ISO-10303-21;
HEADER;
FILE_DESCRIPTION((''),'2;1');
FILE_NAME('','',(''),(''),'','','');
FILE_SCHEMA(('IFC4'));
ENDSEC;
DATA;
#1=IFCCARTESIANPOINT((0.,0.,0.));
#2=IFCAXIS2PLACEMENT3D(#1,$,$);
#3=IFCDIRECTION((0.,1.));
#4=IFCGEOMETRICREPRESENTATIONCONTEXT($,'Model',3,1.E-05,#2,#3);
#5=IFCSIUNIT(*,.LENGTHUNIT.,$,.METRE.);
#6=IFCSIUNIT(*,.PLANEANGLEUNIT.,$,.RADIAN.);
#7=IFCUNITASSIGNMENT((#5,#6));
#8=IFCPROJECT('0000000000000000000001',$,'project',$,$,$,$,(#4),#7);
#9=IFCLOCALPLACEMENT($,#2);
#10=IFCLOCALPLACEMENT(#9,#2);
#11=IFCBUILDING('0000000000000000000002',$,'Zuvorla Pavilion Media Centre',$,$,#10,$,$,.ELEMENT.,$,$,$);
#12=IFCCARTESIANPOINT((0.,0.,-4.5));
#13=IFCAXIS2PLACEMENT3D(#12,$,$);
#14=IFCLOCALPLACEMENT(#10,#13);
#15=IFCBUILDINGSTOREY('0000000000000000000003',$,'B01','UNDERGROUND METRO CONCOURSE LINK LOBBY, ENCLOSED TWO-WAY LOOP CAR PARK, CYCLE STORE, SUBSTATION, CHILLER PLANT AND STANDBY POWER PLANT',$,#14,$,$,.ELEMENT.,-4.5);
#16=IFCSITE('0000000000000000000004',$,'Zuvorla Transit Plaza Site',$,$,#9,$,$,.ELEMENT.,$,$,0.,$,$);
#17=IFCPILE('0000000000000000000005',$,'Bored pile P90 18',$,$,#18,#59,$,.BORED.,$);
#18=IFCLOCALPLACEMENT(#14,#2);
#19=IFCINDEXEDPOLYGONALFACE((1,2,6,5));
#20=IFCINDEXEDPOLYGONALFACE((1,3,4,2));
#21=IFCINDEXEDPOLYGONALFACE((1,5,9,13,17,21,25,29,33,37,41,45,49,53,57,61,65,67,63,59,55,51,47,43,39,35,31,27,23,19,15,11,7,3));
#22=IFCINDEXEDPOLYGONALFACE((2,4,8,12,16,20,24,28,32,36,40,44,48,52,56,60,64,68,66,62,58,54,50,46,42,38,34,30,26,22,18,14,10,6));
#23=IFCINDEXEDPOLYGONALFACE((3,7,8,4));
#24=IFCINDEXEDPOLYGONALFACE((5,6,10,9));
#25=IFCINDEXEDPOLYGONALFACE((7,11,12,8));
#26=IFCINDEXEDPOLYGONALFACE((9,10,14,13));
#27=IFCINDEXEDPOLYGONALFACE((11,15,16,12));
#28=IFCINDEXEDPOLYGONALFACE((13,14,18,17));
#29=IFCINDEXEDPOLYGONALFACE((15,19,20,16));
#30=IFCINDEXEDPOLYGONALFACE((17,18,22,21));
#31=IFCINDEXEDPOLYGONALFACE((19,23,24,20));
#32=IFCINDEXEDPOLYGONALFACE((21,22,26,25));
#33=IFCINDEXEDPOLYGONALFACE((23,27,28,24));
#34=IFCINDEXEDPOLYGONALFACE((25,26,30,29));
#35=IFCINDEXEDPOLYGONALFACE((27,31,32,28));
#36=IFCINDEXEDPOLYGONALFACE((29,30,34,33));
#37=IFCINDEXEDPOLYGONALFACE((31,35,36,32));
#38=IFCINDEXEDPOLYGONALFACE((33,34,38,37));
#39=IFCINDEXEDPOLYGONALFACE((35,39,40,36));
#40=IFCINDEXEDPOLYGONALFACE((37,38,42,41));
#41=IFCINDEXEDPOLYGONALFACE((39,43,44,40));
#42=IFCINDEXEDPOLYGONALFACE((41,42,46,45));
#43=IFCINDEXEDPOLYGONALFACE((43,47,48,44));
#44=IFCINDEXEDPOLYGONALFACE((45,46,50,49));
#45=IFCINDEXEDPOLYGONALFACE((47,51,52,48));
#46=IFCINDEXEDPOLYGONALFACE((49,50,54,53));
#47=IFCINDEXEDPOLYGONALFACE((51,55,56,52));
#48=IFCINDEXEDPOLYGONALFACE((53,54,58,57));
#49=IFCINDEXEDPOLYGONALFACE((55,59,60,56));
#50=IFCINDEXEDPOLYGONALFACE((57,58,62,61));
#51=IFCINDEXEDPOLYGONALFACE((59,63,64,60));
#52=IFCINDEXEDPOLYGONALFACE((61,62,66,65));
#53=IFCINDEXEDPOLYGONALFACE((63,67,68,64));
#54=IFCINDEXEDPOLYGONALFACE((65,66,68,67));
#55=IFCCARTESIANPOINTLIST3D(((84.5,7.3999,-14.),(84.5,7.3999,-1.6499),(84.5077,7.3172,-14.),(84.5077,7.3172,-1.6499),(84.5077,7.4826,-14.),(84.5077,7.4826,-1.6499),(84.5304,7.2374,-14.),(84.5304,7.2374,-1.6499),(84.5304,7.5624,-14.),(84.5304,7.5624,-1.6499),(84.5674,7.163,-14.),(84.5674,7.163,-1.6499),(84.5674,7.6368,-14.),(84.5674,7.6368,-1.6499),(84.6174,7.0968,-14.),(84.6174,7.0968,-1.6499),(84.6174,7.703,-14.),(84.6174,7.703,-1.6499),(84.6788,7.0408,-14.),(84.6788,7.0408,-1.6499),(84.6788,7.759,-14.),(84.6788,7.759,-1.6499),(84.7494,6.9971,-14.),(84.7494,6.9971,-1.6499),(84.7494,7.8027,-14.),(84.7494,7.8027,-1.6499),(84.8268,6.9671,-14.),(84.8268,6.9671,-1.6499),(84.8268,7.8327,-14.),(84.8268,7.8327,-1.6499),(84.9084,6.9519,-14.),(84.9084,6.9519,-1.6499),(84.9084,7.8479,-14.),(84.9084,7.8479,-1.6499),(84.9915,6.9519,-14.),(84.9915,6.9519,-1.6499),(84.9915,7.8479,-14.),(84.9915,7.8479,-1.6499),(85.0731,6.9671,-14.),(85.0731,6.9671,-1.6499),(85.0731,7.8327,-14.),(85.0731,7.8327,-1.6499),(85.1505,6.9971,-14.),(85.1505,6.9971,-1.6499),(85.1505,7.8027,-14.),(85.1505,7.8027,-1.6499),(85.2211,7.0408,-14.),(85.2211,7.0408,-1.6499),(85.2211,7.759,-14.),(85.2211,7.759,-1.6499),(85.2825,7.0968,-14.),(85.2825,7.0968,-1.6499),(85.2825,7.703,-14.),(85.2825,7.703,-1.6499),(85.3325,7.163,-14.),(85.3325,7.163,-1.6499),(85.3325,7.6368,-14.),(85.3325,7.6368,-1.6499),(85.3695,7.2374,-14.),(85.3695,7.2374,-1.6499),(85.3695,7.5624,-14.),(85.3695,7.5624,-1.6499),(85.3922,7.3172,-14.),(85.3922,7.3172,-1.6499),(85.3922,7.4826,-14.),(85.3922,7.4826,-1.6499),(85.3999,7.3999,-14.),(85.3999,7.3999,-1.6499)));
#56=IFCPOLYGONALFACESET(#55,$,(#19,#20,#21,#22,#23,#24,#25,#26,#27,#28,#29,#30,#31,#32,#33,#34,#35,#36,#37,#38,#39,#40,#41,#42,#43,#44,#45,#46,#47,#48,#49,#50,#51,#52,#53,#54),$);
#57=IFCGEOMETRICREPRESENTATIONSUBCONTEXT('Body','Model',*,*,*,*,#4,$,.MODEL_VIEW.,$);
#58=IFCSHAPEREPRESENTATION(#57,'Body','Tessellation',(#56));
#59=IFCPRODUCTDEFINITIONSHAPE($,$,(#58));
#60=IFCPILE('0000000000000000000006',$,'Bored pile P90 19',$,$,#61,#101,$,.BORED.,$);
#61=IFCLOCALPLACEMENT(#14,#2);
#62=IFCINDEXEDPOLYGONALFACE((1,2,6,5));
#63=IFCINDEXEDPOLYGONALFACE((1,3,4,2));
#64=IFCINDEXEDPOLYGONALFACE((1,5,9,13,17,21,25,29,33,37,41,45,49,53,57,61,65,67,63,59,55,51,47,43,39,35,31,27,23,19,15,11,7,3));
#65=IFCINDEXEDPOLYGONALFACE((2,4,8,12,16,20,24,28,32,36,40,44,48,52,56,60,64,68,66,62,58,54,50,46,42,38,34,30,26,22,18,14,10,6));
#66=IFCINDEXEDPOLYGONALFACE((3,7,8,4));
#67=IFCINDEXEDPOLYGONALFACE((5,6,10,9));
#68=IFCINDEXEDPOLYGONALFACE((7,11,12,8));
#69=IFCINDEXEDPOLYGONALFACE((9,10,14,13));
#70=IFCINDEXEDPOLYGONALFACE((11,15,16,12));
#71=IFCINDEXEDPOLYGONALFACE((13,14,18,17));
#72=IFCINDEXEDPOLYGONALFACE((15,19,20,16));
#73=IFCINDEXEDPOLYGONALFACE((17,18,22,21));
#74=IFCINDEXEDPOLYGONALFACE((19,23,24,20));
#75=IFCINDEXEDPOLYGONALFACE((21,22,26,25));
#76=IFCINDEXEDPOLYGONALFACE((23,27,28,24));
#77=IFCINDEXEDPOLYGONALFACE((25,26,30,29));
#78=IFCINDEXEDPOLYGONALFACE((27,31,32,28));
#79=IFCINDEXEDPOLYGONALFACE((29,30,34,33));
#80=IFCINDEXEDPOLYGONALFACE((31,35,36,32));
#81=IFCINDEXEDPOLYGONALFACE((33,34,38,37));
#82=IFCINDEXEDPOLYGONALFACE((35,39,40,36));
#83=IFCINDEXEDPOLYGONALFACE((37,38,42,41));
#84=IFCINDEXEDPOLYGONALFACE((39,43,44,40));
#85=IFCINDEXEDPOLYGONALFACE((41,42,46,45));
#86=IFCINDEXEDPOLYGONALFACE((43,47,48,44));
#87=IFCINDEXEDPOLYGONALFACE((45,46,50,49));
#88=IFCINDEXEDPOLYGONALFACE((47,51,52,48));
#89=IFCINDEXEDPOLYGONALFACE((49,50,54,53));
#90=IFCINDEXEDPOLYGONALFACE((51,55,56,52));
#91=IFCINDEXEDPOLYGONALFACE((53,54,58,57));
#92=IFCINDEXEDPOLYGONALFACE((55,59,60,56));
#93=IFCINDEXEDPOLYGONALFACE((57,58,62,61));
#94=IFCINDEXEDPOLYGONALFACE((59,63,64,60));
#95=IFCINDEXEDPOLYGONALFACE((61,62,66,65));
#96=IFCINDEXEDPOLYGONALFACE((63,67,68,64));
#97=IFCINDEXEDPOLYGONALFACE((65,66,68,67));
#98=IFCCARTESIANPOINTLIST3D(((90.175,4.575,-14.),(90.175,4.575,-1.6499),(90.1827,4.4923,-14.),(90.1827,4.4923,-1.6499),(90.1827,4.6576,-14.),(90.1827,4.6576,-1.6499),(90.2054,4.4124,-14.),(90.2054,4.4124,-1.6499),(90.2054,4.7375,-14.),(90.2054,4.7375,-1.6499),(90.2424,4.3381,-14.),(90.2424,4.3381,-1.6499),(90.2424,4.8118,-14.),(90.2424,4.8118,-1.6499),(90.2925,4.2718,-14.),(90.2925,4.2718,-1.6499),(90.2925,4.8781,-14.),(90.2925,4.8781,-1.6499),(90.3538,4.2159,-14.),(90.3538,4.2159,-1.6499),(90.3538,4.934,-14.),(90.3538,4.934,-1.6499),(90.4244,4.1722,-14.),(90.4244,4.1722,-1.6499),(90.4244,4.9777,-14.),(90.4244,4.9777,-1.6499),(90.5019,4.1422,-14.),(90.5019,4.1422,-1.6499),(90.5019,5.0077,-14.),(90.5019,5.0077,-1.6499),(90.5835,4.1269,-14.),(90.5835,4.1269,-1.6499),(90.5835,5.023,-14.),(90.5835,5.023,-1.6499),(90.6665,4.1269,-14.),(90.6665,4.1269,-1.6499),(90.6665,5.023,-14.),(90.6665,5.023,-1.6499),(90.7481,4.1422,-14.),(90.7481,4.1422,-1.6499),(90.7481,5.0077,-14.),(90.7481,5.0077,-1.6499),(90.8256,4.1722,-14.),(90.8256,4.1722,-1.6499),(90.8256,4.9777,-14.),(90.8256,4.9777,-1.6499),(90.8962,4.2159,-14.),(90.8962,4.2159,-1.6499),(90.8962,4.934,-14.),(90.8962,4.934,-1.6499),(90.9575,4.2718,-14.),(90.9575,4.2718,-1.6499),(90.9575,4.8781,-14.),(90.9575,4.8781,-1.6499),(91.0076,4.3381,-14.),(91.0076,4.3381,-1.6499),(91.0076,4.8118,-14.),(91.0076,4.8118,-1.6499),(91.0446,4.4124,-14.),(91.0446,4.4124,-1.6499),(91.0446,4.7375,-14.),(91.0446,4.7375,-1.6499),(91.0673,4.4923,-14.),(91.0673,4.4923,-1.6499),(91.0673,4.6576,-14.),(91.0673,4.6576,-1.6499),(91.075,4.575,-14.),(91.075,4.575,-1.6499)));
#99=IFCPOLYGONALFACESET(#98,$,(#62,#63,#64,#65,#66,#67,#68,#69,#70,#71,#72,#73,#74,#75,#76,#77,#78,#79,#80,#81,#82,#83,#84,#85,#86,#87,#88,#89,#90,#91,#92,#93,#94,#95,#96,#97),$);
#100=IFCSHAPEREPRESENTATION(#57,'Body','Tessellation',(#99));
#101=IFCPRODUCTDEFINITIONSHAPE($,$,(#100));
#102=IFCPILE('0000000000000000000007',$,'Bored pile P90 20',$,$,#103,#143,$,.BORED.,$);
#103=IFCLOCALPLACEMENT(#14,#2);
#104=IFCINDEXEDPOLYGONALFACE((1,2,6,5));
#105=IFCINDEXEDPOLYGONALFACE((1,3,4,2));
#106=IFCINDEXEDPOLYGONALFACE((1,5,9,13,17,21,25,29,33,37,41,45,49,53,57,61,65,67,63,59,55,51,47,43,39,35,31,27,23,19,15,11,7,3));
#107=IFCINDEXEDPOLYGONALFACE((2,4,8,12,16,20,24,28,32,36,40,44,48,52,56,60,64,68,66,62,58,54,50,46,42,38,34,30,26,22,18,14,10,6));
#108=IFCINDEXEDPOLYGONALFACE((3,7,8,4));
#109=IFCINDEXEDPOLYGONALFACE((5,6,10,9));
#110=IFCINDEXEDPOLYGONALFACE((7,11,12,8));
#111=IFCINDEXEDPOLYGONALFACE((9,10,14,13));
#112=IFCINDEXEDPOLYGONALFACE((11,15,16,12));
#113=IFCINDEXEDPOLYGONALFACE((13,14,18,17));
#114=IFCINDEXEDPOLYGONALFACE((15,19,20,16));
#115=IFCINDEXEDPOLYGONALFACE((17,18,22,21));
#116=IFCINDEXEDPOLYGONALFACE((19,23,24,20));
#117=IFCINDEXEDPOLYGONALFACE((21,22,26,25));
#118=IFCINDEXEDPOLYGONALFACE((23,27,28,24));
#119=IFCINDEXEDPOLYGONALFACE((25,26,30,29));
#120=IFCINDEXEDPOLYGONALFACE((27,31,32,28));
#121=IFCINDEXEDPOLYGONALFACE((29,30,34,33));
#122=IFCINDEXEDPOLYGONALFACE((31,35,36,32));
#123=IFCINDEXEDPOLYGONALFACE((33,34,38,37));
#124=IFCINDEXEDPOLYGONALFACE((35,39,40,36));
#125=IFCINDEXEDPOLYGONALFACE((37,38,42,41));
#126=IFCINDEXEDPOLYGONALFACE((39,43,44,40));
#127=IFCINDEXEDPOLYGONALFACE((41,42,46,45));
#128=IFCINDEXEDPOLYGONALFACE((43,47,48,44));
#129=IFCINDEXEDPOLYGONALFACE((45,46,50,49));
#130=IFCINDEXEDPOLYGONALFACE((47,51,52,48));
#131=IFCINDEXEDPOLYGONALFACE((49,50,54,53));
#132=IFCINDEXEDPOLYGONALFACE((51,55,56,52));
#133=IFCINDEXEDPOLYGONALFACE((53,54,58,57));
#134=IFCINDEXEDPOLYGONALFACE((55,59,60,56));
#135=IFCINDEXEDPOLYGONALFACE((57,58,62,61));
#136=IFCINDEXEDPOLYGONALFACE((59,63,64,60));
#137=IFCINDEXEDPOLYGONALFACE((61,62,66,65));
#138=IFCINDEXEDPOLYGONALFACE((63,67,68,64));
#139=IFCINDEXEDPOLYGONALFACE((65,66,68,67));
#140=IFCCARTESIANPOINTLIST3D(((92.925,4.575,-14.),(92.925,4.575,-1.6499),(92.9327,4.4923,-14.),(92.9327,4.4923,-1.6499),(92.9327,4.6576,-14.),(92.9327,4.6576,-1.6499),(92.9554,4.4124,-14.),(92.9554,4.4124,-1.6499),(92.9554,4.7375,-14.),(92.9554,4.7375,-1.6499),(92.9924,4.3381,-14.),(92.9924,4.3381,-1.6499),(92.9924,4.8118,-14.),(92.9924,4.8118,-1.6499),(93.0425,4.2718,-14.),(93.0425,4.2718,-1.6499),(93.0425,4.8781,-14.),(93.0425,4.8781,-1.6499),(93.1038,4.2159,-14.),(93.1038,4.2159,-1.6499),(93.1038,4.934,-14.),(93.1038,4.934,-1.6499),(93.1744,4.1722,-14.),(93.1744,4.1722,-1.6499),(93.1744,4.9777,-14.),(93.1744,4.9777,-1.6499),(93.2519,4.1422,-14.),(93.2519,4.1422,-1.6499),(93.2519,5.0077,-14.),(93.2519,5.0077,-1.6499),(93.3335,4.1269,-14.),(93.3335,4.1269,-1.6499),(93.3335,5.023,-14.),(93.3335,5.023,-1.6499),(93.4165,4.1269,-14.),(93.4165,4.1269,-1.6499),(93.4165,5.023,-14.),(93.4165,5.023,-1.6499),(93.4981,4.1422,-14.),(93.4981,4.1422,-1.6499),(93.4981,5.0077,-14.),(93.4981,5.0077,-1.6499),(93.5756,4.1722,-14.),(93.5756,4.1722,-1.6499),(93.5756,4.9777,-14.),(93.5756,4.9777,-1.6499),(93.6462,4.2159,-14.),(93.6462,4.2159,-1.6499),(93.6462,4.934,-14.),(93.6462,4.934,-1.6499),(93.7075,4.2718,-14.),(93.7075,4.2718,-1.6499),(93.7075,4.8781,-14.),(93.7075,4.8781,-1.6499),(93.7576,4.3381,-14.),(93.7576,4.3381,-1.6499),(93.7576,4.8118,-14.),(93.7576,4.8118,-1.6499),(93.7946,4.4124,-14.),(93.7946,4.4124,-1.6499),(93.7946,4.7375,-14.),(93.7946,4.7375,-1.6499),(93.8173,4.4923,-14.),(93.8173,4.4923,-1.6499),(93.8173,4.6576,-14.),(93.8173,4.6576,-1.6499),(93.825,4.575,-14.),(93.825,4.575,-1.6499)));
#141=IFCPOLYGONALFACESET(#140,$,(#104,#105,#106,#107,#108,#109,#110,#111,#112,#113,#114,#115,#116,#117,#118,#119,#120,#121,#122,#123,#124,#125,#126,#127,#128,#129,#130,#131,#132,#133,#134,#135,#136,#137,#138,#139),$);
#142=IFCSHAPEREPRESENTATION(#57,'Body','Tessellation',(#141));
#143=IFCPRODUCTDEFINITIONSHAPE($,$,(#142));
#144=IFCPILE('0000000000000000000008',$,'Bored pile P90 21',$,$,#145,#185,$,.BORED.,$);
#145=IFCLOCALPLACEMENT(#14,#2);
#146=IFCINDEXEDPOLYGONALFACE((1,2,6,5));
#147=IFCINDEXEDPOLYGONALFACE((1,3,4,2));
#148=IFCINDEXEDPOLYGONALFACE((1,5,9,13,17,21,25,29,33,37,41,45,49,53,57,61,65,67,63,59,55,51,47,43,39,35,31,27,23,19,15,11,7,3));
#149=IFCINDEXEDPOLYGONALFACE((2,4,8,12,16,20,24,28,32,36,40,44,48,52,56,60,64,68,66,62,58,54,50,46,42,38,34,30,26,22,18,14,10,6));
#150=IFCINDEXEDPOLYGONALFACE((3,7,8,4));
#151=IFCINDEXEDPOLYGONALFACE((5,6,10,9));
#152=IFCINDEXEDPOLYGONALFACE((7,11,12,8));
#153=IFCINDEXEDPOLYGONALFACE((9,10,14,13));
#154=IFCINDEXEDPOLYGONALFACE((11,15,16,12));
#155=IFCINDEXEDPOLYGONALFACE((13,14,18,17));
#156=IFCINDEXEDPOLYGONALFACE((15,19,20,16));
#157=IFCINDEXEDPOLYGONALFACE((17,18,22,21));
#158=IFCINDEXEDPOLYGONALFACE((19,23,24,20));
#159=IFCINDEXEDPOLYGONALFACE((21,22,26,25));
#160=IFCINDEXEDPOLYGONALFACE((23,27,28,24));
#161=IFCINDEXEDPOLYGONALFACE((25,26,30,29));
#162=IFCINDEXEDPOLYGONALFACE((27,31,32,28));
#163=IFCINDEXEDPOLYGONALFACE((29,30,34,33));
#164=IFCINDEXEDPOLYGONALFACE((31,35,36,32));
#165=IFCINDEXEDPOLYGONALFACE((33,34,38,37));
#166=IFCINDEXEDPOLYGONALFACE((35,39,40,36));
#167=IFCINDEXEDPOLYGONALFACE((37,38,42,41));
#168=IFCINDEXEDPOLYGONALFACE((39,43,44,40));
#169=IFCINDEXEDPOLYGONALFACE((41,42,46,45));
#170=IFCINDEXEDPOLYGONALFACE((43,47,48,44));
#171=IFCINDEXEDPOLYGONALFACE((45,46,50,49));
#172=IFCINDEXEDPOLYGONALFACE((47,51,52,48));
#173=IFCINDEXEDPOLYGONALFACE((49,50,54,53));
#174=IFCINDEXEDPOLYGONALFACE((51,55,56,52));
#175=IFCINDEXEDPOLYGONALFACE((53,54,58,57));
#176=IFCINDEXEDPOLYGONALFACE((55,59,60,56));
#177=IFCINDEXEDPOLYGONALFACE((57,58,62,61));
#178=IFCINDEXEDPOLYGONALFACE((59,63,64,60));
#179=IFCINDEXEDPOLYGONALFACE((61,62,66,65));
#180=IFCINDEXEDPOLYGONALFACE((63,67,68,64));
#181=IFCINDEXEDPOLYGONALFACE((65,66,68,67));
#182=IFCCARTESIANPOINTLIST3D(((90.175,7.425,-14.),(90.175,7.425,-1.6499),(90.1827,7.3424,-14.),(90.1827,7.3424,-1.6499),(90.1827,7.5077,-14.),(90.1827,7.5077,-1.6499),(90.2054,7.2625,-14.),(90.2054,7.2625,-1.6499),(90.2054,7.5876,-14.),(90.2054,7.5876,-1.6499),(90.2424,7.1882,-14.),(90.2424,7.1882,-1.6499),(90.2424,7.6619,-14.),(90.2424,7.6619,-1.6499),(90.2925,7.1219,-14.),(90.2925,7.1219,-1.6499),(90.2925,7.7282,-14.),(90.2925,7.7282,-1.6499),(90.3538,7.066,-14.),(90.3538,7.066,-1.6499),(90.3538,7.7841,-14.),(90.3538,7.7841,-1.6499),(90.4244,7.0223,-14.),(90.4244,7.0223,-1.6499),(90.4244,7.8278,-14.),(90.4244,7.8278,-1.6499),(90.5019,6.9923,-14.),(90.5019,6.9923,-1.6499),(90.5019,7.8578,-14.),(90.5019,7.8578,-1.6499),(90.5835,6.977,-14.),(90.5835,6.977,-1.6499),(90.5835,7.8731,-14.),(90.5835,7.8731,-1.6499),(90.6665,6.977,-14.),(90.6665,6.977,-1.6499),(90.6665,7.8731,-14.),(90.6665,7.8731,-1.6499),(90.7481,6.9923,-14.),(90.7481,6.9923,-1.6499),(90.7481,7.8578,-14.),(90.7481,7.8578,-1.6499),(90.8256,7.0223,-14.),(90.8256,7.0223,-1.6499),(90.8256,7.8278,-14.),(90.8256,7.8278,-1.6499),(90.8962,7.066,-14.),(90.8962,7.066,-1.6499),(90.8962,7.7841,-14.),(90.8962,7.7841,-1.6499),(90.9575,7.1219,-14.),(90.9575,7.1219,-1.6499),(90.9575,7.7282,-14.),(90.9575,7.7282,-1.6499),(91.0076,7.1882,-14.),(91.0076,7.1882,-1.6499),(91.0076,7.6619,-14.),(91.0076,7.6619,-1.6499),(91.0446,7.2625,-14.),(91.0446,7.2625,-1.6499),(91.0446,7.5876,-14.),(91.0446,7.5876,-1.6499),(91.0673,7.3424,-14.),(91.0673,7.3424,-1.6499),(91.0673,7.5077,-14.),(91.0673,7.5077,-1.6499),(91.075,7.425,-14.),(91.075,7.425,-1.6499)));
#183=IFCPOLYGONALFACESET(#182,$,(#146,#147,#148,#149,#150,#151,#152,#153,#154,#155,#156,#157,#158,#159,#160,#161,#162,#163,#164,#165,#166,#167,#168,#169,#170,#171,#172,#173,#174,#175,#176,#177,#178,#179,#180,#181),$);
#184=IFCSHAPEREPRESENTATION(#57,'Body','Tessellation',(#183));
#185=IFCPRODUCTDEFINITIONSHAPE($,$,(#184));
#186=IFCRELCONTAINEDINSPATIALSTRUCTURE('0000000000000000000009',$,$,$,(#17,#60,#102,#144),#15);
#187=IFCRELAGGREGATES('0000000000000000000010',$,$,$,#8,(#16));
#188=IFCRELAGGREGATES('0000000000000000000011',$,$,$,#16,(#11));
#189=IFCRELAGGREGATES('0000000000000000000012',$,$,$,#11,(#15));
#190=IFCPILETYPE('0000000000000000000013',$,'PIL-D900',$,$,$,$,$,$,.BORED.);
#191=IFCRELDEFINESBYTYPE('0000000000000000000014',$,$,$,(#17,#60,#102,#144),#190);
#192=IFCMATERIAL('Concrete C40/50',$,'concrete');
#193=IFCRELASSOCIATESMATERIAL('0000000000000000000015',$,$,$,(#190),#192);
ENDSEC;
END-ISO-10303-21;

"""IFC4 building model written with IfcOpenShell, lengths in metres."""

from ifc_helpers import new_model, si_unit, direction, frame, origin, origin_2d, place, context, subcontext, project, spatial, circle, extrude, material, material_profile, profile_set, type_object, element, save


model = new_model("IFC4")

# Units and contexts
model_context = context("Model", 3, precision=1e-05, world=origin(), true_north=direction((0.0, 1.0)))
body_context = subcontext(model_context, "Body", "Model", "MODEL_VIEW")
ifc_project = project(units=[si_unit("LENGTHUNIT", "METRE"), si_unit("PLANEANGLEUNIT", "RADIAN")], contexts=[model_context])

# Site, building, storey
site_placement = place(None, origin())
site = spatial("IfcSite", under=ifc_project, at=site_placement, Name="Zuvorla Transit Plaza Site", CompositionType="ELEMENT", RefElevation=0.0)
building_placement = place(site_placement, origin())
building = spatial("IfcBuilding", under=site, at=building_placement, Name="Zuvorla Pavilion Media Centre", CompositionType="ELEMENT")
storey_placement = place(building_placement, frame((0.0, 0.0, -4.5)))
storey = spatial("IfcBuildingStorey", under=building, at=storey_placement, Name="B01", Description="UNDERGROUND METRO CONCOURSE LINK LOBBY, ENCLOSED TWO-WAY LOOP CAR PARK, CYCLE STORE, SUBSTATION, CHILLER PLANT AND STANDBY POWER PLANT", CompositionType="ELEMENT", Elevation=-4.5)

# Shared definitions
ifc_material_1 = material(Name="Concrete C40/50", Category="concrete")

# Piles
ifc_material_profile_1 = material_profile(ifc_material_1, circle(Radius=0.45, at=origin_2d()), Name="BORED PILE 900")
ifc_profile_set_1 = profile_set([ifc_material_profile_1], Name="Concrete C40/50")
pile_type = type_object("IfcPileType", Name="PIL-D900", PredefinedType="BORED", material=ifc_profile_set_1)
for number, where, z_axis, x_axis, name in (
    (1, (84.95, 7.3999, -1.6499), (0.0, 0.0, -1.0), (1.0, 0.0, 0.0), "Bored pile P90 18"),
    (2, (90.625, 4.575, -1.6499), (0.0, 0.0, -1.0), (1.0, 0.0, 0.0), "Bored pile P90 19"),
    (3, (93.375, 4.575, -1.6499), (0.0, 0.0, -1.0), (1.0, 0.0, 0.0), "Bored pile P90 20"),
    (4, (90.625, 7.425, -1.6499), (0.0, 0.0, -1.0), (1.0, 0.0, 0.0), "Bored pile P90 21"),
):
    element("IfcPile", number, at=place(storey_placement, frame(where, z_axis=z_axis, x_axis=x_axis)), inside=storey, type_object=pile_type, Name=name, PredefinedType="BORED", context=body_context, shape_type="SweptSolid", body=[
        extrude(circle(Radius=0.45, at=origin_2d()), origin(), (0.0, 0.0, 1.0), 12.3501),
    ])

save(model, "model.ifc")
